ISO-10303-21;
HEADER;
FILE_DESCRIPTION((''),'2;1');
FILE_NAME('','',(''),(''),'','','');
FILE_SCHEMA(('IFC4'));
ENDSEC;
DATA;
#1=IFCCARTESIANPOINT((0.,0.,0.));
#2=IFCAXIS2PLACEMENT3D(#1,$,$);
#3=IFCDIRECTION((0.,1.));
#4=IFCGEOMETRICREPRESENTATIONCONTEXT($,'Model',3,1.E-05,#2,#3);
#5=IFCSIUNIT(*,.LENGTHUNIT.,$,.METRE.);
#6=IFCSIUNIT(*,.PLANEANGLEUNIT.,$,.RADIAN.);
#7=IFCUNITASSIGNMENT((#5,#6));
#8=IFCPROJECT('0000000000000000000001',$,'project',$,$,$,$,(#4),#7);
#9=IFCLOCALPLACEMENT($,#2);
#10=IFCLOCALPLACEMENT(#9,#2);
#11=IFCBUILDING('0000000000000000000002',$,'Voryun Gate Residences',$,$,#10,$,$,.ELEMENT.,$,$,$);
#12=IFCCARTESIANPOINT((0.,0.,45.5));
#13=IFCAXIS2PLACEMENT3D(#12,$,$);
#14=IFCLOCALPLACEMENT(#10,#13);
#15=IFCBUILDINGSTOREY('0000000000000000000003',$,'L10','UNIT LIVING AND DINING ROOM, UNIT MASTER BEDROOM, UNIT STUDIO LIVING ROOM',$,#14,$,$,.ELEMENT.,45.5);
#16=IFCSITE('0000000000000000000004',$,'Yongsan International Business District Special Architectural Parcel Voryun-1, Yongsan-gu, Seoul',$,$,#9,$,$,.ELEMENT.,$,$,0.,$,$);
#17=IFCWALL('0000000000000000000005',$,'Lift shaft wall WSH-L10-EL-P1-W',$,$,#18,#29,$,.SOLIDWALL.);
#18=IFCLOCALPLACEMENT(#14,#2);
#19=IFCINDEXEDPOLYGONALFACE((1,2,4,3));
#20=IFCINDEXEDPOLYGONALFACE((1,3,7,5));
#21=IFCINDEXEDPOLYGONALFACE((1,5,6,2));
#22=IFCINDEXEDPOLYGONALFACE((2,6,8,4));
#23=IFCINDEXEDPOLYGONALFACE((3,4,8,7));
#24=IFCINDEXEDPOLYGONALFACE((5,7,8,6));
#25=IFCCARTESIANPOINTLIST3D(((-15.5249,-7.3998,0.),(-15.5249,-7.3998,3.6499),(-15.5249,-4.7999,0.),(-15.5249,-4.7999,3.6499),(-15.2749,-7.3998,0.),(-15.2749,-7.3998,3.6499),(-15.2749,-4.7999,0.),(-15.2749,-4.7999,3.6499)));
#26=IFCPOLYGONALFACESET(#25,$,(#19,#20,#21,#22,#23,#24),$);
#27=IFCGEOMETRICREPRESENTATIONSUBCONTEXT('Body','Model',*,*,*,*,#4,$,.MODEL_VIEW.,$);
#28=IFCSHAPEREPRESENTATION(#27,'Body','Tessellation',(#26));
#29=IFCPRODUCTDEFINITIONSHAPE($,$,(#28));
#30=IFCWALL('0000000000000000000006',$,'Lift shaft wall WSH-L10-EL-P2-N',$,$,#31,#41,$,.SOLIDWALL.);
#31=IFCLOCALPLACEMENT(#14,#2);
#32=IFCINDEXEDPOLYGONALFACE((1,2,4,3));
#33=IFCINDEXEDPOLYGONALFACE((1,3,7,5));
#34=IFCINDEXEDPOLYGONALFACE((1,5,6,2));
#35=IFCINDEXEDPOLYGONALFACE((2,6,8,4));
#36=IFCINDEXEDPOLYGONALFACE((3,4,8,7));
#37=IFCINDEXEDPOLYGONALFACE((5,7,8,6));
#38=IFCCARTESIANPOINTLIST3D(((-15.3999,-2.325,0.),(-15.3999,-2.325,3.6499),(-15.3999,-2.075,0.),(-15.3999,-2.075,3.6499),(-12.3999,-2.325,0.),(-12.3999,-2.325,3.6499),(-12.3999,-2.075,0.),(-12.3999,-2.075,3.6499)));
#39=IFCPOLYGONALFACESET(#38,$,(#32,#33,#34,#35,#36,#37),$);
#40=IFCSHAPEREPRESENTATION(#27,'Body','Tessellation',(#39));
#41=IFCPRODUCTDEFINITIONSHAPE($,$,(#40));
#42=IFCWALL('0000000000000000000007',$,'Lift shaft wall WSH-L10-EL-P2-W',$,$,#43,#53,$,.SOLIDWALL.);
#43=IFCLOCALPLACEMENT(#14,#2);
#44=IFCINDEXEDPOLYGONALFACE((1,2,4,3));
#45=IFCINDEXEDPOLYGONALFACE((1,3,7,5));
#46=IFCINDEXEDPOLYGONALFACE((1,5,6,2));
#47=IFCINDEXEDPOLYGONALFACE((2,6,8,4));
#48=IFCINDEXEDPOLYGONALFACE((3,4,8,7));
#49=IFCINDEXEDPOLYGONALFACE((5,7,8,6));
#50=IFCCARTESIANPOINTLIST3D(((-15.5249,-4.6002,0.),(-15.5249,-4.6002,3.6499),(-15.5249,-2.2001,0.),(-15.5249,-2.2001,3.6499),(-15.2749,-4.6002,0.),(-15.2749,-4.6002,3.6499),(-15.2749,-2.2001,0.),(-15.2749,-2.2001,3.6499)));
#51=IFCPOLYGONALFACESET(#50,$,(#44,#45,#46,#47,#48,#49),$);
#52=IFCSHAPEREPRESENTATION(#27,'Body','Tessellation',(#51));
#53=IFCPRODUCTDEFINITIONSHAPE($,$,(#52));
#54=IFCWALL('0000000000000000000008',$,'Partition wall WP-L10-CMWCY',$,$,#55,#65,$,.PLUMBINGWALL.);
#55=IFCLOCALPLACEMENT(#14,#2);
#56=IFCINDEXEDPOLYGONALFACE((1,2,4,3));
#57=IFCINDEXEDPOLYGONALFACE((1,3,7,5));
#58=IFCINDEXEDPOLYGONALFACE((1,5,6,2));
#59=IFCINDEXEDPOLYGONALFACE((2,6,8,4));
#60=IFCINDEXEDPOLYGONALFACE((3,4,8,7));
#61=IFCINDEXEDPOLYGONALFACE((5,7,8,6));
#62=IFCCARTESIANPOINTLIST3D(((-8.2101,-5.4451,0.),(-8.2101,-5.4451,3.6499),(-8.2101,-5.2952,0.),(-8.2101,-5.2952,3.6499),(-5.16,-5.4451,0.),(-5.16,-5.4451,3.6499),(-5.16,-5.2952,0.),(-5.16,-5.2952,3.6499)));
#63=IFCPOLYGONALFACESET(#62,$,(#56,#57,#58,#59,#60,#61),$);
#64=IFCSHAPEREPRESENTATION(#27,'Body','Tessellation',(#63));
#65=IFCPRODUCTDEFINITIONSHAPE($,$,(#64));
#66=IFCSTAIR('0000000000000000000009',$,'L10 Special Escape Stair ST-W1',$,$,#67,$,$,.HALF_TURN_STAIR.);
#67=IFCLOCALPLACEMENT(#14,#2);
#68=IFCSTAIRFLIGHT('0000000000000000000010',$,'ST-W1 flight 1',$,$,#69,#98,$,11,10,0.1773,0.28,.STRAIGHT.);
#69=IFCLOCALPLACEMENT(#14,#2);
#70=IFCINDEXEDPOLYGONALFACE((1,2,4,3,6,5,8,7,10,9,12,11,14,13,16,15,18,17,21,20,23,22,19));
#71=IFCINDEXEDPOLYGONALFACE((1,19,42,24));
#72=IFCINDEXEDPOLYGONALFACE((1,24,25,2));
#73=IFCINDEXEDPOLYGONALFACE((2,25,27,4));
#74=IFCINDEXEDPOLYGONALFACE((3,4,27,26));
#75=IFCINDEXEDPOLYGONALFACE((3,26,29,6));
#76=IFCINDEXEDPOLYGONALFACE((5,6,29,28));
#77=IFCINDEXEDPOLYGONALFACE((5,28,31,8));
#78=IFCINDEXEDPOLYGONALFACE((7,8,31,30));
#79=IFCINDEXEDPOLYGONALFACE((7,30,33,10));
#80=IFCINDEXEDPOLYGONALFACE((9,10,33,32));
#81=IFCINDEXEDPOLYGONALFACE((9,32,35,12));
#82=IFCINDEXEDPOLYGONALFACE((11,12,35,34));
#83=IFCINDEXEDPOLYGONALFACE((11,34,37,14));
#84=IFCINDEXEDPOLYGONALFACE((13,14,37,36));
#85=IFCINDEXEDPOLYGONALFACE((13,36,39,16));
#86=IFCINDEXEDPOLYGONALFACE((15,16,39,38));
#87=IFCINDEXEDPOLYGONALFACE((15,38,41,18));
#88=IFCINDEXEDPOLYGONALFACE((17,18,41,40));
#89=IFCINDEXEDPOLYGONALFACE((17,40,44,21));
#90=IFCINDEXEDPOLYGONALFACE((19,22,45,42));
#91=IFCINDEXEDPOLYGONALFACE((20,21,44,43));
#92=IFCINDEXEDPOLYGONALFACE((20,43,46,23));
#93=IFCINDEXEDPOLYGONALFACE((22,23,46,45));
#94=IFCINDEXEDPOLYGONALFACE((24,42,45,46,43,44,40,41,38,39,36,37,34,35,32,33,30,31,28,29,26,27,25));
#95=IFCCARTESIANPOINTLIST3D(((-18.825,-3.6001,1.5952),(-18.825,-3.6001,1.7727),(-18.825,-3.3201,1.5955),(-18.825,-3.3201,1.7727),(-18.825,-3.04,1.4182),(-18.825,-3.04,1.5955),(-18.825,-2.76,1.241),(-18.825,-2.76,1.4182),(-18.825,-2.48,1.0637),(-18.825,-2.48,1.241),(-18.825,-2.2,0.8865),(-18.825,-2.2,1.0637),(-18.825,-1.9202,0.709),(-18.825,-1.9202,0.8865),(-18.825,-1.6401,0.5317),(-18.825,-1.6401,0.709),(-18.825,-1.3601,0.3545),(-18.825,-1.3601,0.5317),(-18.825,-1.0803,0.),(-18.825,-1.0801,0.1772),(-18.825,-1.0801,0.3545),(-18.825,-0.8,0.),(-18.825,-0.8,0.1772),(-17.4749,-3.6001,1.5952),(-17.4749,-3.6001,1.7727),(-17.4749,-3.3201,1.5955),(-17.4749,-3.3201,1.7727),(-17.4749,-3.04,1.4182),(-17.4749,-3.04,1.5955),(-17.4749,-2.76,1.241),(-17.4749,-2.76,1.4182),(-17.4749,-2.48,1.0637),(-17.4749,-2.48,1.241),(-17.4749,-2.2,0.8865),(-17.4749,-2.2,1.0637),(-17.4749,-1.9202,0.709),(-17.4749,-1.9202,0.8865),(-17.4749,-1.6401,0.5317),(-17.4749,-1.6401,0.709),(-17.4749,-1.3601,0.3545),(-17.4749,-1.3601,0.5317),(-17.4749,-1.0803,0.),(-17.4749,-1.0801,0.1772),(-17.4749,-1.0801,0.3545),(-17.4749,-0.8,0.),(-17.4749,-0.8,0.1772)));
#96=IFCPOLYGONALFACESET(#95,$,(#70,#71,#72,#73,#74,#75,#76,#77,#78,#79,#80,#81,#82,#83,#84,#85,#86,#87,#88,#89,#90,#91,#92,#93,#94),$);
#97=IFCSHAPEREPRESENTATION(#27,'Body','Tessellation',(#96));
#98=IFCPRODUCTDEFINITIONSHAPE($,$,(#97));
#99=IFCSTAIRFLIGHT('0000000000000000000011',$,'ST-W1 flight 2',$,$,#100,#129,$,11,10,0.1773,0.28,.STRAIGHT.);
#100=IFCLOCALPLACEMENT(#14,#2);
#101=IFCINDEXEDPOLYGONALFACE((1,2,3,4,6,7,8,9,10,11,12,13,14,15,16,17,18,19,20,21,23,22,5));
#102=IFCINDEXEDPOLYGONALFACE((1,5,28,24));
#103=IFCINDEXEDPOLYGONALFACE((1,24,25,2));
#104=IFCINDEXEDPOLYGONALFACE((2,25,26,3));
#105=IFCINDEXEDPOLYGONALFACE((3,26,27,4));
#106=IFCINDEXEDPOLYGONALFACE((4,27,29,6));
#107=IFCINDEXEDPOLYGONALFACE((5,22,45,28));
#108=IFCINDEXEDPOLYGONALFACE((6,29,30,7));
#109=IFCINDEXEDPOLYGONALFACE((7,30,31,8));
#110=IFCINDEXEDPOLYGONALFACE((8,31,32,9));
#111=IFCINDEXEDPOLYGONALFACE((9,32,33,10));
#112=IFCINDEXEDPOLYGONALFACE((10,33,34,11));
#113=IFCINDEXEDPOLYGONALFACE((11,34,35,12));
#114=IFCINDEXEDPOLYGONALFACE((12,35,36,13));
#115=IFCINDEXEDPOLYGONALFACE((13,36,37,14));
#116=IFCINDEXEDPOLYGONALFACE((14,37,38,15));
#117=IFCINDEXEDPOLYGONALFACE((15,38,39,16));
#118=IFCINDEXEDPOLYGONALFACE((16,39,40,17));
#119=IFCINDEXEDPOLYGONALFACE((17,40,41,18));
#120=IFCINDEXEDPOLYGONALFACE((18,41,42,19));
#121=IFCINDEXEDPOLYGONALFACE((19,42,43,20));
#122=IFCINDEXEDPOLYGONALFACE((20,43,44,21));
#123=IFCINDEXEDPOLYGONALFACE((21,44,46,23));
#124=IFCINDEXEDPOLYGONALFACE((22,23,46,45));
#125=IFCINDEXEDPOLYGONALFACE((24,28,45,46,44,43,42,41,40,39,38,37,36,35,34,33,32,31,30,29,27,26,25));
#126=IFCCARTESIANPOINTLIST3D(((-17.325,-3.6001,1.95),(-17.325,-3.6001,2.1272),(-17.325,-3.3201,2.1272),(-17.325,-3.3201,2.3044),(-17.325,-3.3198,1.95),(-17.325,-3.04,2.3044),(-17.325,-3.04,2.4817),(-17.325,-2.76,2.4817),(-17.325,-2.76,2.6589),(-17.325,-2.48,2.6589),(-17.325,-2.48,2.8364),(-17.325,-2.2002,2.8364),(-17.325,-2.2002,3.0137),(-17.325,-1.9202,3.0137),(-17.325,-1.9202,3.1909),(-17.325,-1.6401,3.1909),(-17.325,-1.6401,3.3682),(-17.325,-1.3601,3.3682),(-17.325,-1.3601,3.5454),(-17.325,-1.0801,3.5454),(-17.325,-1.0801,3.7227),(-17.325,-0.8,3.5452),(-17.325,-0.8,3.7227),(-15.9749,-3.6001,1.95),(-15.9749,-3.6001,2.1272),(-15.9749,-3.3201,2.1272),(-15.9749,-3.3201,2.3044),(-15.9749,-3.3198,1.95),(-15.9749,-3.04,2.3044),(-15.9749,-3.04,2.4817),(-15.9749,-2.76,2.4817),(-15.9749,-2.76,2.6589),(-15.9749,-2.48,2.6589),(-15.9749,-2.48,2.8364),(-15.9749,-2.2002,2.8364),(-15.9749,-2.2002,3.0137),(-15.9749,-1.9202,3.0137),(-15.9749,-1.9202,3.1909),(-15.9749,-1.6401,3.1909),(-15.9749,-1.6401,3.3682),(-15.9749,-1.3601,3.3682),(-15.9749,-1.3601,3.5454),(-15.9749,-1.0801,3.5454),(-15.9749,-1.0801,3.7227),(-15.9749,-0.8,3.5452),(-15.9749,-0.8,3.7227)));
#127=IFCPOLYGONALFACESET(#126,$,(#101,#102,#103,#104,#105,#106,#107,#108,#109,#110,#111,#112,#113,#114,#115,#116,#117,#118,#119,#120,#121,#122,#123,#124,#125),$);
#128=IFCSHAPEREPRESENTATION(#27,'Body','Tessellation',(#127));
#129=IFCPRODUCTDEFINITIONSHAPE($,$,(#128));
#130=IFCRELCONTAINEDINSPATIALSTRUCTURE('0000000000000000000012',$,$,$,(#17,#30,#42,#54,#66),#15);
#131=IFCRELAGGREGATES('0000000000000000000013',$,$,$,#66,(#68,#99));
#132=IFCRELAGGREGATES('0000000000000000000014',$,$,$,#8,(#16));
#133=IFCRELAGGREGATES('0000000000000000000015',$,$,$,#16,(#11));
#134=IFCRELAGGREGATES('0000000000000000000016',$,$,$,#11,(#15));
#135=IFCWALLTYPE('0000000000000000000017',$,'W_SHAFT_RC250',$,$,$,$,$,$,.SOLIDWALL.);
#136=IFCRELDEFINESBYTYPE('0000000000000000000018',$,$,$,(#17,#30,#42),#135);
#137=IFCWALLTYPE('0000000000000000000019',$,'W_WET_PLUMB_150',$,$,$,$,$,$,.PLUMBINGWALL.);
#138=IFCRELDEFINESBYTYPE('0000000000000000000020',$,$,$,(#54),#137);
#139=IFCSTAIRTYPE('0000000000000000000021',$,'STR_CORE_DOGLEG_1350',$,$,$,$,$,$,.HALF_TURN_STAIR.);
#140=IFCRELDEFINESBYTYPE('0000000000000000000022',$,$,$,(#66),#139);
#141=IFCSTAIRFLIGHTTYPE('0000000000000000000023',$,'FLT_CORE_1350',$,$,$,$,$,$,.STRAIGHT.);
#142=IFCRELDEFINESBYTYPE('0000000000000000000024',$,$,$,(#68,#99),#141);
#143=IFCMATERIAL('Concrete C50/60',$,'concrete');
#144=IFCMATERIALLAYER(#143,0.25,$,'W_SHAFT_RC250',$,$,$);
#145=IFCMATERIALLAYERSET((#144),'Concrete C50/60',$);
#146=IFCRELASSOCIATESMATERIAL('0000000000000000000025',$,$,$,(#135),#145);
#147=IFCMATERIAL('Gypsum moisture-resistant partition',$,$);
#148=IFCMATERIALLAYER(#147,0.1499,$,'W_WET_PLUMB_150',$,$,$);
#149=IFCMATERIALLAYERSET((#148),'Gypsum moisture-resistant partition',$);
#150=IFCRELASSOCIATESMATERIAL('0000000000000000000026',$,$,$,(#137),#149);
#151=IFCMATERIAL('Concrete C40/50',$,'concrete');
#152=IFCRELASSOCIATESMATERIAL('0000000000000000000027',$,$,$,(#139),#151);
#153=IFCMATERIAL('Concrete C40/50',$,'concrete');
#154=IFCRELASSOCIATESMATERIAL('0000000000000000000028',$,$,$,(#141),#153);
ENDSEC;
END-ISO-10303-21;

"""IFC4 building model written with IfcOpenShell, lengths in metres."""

from ifc_helpers import new_model, si_unit, direction, frame, frame_2d, origin, place, context, subcontext, project, spatial, polyline, rectangle, outline, extrude, material, layer, layer_set, type_object, element, aggregate, save


model = new_model("IFC4")

# Units and contexts
model_context = context("Model", 3, precision=1e-05, world=origin(), true_north=direction((0.0, 1.0)))
body_context = subcontext(model_context, "Body", "Model", "MODEL_VIEW")
ifc_project = project(units=[si_unit("LENGTHUNIT", "METRE"), si_unit("PLANEANGLEUNIT", "RADIAN")], contexts=[model_context])

# Site, building, storey
site_placement = place(None, origin())
site = spatial("IfcSite", under=ifc_project, at=site_placement, Name="Yongsan International Business District Special Architectural Parcel Voryun-1, Yongsan-gu, Seoul", CompositionType="ELEMENT", RefElevation=0.0)
building_placement = place(site_placement, origin())
building = spatial("IfcBuilding", under=site, at=building_placement, Name="Voryun Gate Residences", CompositionType="ELEMENT")
storey_placement = place(building_placement, frame((0.0, 0.0, 45.5)))
storey = spatial("IfcBuildingStorey", under=building, at=storey_placement, Name="L10", Description="UNIT LIVING AND DINING ROOM, UNIT MASTER BEDROOM, UNIT STUDIO LIVING ROOM", CompositionType="ELEMENT", Elevation=45.5)

# Walls
ifc_material_1 = material(Name="Concrete C50/60", Category="concrete")
ifc_layer_1 = layer(ifc_material_1, 0.25, Name="W_SHAFT_RC250")
ifc_layer_set_1 = layer_set([ifc_layer_1], Name="Concrete C50/60")
wall_type_1 = type_object("IfcWallType", Name="W_SHAFT_RC250", PredefinedType="SOLIDWALL", material=ifc_layer_set_1)
wall_1_placement = place(storey_placement, frame((-15.3999, -4.8, 0.0), z_axis=(0.0, 0.0, 1.0), x_axis=(0.0, -1.0, 0.0)))
element("IfcWall", 1, at=wall_1_placement, inside=storey, type_object=wall_type_1, Name="Lift shaft wall WSH-L10-EL-P1-W", PredefinedType="SOLIDWALL", context=body_context, shape_type="SweptSolid", body=[
    extrude(rectangle(XDim=2.5999, YDim=0.25, at=frame_2d((1.2998, 0.0))), origin(), (0.0, 0.0, 1.0), 3.6499),
])
wall_2_placement = place(storey_placement, frame((-12.3999, -2.2, 0.0), z_axis=(0.0, 0.0, 1.0), x_axis=(-1.0, 0.0, 0.0)))
element("IfcWall", 2, at=wall_2_placement, inside=storey, type_object=wall_type_1, Name="Lift shaft wall WSH-L10-EL-P2-N", PredefinedType="SOLIDWALL", context=body_context, shape_type="SweptSolid", body=[
    extrude(rectangle(XDim=3.0, YDim=0.25, at=frame_2d((1.5, 0.0))), origin(), (0.0, 0.0, 1.0), 3.6499),
])
wall_3_placement = place(storey_placement, frame((-15.3999, -2.2, 0.0), z_axis=(0.0, 0.0, 1.0), x_axis=(0.0, -1.0, 0.0)))
element("IfcWall", 3, at=wall_3_placement, inside=storey, type_object=wall_type_1, Name="Lift shaft wall WSH-L10-EL-P2-W", PredefinedType="SOLIDWALL", context=body_context, shape_type="SweptSolid", body=[
    extrude(rectangle(XDim=2.4001, YDim=0.25, at=frame_2d((1.2002, 0.0))), origin(), (0.0, 0.0, 1.0), 3.6499),
])
ifc_material_2 = material(Name="Gypsum moisture-resistant partition")
ifc_layer_2 = layer(ifc_material_2, 0.1499, Name="W_WET_PLUMB_150")
ifc_layer_set_2 = layer_set([ifc_layer_2], Name="Gypsum moisture-resistant partition")
wall_type_2 = type_object("IfcWallType", Name="W_WET_PLUMB_150", PredefinedType="PLUMBINGWALL", material=ifc_layer_set_2)
wall_4_placement = place(storey_placement, frame((-8.21, -5.3701, 0.0), z_axis=(0.0, 0.0, 1.0), x_axis=(1.0, 0.0, 0.0)))
element("IfcWall", 4, at=wall_4_placement, inside=storey, type_object=wall_type_2, Name="Partition wall WP-L10-CMWCY", PredefinedType="PLUMBINGWALL", context=body_context, shape_type="SweptSolid", body=[
    extrude(rectangle(XDim=3.05, YDim=0.1499, at=frame_2d((1.5249, 0.0))), origin(), (0.0, 0.0, 1.0), 3.6499),
])

# Stair, stair flights
ifc_material_3 = material(Name="Concrete C40/50", Category="concrete")
stair_type = type_object("IfcStairType", Name="STR_CORE_DOGLEG_1350", PredefinedType="HALF_TURN_STAIR", material=ifc_material_3)
stair_placement = place(storey_placement, origin())
stair = element("IfcStair", 5, at=stair_placement, inside=storey, type_object=stair_type, Name="L10 Special Escape Stair ST-W1", PredefinedType="HALF_TURN_STAIR")
ifc_material_4 = material(Name="Concrete C40/50", Category="concrete")
stair_flight_type = type_object("IfcStairFlightType", Name="FLT_CORE_1350", PredefinedType="STRAIGHT", material=ifc_material_4)
stair_flight_1_placement = place(storey_placement, frame((-18.1499, -0.8, 0.0), z_axis=(0.0, 0.0, 1.0), x_axis=(0.0, -1.0, 0.0)))
stair_flight_1 = element("IfcStairFlight", 6, at=stair_flight_1_placement, type_object=stair_flight_type, Name="ST-W1 flight 1", NumberOfRisers=11, NumberOfTreads=10, PredefinedType="STRAIGHT", RiserHeight=0.1773, TreadLength=0.28, context=body_context, shape_type="SweptSolid", body=[
    extrude(outline(polyline([(0.0, 0.0), (0.0, 0.1772), (0.28, 0.1772), (0.28, 0.3545), (0.5601, 0.3545), (0.5601, 0.5317), (0.8401, 0.5317), (0.8401, 0.709), (1.1201, 0.709), (1.1201, 0.8865), (1.3999, 0.8865), (1.3999, 1.0637), (1.6799, 1.0637), (1.6799, 1.241), (1.96, 1.241), (1.96, 1.4182), (2.24, 1.4182), (2.24, 1.5955), (2.52, 1.5955), (2.52, 1.7727), (2.8, 1.7727), (2.8, 1.95), (2.8, 1.5952), (0.2803, 0.0), (0.0, 0.0)])), frame((0.0, 0.675, 0.0), z_axis=(0.0, -1.0, 0.0), x_axis=(1.0, 0.0, 0.0)), (0.0, 0.0, 1.0), 1.3501),
])
stair_flight_2_placement = place(storey_placement, frame((-16.6499, -3.6001, 1.95), z_axis=(0.0, 0.0, 1.0), x_axis=(0.0, 1.0, 0.0)))
stair_flight_2 = element("IfcStairFlight", 7, at=stair_flight_2_placement, type_object=stair_flight_type, Name="ST-W1 flight 2", NumberOfRisers=11, NumberOfTreads=10, PredefinedType="STRAIGHT", RiserHeight=0.1773, TreadLength=0.28, context=body_context, shape_type="SweptSolid", body=[
    extrude(outline(polyline([(0.0, 0.0), (0.0, 0.1772), (0.28, 0.1772), (0.28, 0.3545), (0.5601, 0.3545), (0.5601, 0.5317), (0.8401, 0.5317), (0.8401, 0.709), (1.1201, 0.709), (1.1201, 0.8865), (1.3999, 0.8865), (1.3999, 1.0637), (1.6799, 1.0637), (1.6799, 1.241), (1.96, 1.241), (1.96, 1.4182), (2.24, 1.4182), (2.24, 1.5955), (2.52, 1.5955), (2.52, 1.7727), (2.8, 1.7727), (2.8, 1.95), (2.8, 1.5952), (0.2803, 0.0), (0.0, 0.0)])), frame((0.0, 0.675, 0.0), z_axis=(0.0, -1.0, 0.0), x_axis=(1.0, 0.0, 0.0)), (0.0, 0.0, 1.0), 1.3501),
])
aggregate(stair, [stair_flight_1, stair_flight_2])

save(model, "model.ifc")
